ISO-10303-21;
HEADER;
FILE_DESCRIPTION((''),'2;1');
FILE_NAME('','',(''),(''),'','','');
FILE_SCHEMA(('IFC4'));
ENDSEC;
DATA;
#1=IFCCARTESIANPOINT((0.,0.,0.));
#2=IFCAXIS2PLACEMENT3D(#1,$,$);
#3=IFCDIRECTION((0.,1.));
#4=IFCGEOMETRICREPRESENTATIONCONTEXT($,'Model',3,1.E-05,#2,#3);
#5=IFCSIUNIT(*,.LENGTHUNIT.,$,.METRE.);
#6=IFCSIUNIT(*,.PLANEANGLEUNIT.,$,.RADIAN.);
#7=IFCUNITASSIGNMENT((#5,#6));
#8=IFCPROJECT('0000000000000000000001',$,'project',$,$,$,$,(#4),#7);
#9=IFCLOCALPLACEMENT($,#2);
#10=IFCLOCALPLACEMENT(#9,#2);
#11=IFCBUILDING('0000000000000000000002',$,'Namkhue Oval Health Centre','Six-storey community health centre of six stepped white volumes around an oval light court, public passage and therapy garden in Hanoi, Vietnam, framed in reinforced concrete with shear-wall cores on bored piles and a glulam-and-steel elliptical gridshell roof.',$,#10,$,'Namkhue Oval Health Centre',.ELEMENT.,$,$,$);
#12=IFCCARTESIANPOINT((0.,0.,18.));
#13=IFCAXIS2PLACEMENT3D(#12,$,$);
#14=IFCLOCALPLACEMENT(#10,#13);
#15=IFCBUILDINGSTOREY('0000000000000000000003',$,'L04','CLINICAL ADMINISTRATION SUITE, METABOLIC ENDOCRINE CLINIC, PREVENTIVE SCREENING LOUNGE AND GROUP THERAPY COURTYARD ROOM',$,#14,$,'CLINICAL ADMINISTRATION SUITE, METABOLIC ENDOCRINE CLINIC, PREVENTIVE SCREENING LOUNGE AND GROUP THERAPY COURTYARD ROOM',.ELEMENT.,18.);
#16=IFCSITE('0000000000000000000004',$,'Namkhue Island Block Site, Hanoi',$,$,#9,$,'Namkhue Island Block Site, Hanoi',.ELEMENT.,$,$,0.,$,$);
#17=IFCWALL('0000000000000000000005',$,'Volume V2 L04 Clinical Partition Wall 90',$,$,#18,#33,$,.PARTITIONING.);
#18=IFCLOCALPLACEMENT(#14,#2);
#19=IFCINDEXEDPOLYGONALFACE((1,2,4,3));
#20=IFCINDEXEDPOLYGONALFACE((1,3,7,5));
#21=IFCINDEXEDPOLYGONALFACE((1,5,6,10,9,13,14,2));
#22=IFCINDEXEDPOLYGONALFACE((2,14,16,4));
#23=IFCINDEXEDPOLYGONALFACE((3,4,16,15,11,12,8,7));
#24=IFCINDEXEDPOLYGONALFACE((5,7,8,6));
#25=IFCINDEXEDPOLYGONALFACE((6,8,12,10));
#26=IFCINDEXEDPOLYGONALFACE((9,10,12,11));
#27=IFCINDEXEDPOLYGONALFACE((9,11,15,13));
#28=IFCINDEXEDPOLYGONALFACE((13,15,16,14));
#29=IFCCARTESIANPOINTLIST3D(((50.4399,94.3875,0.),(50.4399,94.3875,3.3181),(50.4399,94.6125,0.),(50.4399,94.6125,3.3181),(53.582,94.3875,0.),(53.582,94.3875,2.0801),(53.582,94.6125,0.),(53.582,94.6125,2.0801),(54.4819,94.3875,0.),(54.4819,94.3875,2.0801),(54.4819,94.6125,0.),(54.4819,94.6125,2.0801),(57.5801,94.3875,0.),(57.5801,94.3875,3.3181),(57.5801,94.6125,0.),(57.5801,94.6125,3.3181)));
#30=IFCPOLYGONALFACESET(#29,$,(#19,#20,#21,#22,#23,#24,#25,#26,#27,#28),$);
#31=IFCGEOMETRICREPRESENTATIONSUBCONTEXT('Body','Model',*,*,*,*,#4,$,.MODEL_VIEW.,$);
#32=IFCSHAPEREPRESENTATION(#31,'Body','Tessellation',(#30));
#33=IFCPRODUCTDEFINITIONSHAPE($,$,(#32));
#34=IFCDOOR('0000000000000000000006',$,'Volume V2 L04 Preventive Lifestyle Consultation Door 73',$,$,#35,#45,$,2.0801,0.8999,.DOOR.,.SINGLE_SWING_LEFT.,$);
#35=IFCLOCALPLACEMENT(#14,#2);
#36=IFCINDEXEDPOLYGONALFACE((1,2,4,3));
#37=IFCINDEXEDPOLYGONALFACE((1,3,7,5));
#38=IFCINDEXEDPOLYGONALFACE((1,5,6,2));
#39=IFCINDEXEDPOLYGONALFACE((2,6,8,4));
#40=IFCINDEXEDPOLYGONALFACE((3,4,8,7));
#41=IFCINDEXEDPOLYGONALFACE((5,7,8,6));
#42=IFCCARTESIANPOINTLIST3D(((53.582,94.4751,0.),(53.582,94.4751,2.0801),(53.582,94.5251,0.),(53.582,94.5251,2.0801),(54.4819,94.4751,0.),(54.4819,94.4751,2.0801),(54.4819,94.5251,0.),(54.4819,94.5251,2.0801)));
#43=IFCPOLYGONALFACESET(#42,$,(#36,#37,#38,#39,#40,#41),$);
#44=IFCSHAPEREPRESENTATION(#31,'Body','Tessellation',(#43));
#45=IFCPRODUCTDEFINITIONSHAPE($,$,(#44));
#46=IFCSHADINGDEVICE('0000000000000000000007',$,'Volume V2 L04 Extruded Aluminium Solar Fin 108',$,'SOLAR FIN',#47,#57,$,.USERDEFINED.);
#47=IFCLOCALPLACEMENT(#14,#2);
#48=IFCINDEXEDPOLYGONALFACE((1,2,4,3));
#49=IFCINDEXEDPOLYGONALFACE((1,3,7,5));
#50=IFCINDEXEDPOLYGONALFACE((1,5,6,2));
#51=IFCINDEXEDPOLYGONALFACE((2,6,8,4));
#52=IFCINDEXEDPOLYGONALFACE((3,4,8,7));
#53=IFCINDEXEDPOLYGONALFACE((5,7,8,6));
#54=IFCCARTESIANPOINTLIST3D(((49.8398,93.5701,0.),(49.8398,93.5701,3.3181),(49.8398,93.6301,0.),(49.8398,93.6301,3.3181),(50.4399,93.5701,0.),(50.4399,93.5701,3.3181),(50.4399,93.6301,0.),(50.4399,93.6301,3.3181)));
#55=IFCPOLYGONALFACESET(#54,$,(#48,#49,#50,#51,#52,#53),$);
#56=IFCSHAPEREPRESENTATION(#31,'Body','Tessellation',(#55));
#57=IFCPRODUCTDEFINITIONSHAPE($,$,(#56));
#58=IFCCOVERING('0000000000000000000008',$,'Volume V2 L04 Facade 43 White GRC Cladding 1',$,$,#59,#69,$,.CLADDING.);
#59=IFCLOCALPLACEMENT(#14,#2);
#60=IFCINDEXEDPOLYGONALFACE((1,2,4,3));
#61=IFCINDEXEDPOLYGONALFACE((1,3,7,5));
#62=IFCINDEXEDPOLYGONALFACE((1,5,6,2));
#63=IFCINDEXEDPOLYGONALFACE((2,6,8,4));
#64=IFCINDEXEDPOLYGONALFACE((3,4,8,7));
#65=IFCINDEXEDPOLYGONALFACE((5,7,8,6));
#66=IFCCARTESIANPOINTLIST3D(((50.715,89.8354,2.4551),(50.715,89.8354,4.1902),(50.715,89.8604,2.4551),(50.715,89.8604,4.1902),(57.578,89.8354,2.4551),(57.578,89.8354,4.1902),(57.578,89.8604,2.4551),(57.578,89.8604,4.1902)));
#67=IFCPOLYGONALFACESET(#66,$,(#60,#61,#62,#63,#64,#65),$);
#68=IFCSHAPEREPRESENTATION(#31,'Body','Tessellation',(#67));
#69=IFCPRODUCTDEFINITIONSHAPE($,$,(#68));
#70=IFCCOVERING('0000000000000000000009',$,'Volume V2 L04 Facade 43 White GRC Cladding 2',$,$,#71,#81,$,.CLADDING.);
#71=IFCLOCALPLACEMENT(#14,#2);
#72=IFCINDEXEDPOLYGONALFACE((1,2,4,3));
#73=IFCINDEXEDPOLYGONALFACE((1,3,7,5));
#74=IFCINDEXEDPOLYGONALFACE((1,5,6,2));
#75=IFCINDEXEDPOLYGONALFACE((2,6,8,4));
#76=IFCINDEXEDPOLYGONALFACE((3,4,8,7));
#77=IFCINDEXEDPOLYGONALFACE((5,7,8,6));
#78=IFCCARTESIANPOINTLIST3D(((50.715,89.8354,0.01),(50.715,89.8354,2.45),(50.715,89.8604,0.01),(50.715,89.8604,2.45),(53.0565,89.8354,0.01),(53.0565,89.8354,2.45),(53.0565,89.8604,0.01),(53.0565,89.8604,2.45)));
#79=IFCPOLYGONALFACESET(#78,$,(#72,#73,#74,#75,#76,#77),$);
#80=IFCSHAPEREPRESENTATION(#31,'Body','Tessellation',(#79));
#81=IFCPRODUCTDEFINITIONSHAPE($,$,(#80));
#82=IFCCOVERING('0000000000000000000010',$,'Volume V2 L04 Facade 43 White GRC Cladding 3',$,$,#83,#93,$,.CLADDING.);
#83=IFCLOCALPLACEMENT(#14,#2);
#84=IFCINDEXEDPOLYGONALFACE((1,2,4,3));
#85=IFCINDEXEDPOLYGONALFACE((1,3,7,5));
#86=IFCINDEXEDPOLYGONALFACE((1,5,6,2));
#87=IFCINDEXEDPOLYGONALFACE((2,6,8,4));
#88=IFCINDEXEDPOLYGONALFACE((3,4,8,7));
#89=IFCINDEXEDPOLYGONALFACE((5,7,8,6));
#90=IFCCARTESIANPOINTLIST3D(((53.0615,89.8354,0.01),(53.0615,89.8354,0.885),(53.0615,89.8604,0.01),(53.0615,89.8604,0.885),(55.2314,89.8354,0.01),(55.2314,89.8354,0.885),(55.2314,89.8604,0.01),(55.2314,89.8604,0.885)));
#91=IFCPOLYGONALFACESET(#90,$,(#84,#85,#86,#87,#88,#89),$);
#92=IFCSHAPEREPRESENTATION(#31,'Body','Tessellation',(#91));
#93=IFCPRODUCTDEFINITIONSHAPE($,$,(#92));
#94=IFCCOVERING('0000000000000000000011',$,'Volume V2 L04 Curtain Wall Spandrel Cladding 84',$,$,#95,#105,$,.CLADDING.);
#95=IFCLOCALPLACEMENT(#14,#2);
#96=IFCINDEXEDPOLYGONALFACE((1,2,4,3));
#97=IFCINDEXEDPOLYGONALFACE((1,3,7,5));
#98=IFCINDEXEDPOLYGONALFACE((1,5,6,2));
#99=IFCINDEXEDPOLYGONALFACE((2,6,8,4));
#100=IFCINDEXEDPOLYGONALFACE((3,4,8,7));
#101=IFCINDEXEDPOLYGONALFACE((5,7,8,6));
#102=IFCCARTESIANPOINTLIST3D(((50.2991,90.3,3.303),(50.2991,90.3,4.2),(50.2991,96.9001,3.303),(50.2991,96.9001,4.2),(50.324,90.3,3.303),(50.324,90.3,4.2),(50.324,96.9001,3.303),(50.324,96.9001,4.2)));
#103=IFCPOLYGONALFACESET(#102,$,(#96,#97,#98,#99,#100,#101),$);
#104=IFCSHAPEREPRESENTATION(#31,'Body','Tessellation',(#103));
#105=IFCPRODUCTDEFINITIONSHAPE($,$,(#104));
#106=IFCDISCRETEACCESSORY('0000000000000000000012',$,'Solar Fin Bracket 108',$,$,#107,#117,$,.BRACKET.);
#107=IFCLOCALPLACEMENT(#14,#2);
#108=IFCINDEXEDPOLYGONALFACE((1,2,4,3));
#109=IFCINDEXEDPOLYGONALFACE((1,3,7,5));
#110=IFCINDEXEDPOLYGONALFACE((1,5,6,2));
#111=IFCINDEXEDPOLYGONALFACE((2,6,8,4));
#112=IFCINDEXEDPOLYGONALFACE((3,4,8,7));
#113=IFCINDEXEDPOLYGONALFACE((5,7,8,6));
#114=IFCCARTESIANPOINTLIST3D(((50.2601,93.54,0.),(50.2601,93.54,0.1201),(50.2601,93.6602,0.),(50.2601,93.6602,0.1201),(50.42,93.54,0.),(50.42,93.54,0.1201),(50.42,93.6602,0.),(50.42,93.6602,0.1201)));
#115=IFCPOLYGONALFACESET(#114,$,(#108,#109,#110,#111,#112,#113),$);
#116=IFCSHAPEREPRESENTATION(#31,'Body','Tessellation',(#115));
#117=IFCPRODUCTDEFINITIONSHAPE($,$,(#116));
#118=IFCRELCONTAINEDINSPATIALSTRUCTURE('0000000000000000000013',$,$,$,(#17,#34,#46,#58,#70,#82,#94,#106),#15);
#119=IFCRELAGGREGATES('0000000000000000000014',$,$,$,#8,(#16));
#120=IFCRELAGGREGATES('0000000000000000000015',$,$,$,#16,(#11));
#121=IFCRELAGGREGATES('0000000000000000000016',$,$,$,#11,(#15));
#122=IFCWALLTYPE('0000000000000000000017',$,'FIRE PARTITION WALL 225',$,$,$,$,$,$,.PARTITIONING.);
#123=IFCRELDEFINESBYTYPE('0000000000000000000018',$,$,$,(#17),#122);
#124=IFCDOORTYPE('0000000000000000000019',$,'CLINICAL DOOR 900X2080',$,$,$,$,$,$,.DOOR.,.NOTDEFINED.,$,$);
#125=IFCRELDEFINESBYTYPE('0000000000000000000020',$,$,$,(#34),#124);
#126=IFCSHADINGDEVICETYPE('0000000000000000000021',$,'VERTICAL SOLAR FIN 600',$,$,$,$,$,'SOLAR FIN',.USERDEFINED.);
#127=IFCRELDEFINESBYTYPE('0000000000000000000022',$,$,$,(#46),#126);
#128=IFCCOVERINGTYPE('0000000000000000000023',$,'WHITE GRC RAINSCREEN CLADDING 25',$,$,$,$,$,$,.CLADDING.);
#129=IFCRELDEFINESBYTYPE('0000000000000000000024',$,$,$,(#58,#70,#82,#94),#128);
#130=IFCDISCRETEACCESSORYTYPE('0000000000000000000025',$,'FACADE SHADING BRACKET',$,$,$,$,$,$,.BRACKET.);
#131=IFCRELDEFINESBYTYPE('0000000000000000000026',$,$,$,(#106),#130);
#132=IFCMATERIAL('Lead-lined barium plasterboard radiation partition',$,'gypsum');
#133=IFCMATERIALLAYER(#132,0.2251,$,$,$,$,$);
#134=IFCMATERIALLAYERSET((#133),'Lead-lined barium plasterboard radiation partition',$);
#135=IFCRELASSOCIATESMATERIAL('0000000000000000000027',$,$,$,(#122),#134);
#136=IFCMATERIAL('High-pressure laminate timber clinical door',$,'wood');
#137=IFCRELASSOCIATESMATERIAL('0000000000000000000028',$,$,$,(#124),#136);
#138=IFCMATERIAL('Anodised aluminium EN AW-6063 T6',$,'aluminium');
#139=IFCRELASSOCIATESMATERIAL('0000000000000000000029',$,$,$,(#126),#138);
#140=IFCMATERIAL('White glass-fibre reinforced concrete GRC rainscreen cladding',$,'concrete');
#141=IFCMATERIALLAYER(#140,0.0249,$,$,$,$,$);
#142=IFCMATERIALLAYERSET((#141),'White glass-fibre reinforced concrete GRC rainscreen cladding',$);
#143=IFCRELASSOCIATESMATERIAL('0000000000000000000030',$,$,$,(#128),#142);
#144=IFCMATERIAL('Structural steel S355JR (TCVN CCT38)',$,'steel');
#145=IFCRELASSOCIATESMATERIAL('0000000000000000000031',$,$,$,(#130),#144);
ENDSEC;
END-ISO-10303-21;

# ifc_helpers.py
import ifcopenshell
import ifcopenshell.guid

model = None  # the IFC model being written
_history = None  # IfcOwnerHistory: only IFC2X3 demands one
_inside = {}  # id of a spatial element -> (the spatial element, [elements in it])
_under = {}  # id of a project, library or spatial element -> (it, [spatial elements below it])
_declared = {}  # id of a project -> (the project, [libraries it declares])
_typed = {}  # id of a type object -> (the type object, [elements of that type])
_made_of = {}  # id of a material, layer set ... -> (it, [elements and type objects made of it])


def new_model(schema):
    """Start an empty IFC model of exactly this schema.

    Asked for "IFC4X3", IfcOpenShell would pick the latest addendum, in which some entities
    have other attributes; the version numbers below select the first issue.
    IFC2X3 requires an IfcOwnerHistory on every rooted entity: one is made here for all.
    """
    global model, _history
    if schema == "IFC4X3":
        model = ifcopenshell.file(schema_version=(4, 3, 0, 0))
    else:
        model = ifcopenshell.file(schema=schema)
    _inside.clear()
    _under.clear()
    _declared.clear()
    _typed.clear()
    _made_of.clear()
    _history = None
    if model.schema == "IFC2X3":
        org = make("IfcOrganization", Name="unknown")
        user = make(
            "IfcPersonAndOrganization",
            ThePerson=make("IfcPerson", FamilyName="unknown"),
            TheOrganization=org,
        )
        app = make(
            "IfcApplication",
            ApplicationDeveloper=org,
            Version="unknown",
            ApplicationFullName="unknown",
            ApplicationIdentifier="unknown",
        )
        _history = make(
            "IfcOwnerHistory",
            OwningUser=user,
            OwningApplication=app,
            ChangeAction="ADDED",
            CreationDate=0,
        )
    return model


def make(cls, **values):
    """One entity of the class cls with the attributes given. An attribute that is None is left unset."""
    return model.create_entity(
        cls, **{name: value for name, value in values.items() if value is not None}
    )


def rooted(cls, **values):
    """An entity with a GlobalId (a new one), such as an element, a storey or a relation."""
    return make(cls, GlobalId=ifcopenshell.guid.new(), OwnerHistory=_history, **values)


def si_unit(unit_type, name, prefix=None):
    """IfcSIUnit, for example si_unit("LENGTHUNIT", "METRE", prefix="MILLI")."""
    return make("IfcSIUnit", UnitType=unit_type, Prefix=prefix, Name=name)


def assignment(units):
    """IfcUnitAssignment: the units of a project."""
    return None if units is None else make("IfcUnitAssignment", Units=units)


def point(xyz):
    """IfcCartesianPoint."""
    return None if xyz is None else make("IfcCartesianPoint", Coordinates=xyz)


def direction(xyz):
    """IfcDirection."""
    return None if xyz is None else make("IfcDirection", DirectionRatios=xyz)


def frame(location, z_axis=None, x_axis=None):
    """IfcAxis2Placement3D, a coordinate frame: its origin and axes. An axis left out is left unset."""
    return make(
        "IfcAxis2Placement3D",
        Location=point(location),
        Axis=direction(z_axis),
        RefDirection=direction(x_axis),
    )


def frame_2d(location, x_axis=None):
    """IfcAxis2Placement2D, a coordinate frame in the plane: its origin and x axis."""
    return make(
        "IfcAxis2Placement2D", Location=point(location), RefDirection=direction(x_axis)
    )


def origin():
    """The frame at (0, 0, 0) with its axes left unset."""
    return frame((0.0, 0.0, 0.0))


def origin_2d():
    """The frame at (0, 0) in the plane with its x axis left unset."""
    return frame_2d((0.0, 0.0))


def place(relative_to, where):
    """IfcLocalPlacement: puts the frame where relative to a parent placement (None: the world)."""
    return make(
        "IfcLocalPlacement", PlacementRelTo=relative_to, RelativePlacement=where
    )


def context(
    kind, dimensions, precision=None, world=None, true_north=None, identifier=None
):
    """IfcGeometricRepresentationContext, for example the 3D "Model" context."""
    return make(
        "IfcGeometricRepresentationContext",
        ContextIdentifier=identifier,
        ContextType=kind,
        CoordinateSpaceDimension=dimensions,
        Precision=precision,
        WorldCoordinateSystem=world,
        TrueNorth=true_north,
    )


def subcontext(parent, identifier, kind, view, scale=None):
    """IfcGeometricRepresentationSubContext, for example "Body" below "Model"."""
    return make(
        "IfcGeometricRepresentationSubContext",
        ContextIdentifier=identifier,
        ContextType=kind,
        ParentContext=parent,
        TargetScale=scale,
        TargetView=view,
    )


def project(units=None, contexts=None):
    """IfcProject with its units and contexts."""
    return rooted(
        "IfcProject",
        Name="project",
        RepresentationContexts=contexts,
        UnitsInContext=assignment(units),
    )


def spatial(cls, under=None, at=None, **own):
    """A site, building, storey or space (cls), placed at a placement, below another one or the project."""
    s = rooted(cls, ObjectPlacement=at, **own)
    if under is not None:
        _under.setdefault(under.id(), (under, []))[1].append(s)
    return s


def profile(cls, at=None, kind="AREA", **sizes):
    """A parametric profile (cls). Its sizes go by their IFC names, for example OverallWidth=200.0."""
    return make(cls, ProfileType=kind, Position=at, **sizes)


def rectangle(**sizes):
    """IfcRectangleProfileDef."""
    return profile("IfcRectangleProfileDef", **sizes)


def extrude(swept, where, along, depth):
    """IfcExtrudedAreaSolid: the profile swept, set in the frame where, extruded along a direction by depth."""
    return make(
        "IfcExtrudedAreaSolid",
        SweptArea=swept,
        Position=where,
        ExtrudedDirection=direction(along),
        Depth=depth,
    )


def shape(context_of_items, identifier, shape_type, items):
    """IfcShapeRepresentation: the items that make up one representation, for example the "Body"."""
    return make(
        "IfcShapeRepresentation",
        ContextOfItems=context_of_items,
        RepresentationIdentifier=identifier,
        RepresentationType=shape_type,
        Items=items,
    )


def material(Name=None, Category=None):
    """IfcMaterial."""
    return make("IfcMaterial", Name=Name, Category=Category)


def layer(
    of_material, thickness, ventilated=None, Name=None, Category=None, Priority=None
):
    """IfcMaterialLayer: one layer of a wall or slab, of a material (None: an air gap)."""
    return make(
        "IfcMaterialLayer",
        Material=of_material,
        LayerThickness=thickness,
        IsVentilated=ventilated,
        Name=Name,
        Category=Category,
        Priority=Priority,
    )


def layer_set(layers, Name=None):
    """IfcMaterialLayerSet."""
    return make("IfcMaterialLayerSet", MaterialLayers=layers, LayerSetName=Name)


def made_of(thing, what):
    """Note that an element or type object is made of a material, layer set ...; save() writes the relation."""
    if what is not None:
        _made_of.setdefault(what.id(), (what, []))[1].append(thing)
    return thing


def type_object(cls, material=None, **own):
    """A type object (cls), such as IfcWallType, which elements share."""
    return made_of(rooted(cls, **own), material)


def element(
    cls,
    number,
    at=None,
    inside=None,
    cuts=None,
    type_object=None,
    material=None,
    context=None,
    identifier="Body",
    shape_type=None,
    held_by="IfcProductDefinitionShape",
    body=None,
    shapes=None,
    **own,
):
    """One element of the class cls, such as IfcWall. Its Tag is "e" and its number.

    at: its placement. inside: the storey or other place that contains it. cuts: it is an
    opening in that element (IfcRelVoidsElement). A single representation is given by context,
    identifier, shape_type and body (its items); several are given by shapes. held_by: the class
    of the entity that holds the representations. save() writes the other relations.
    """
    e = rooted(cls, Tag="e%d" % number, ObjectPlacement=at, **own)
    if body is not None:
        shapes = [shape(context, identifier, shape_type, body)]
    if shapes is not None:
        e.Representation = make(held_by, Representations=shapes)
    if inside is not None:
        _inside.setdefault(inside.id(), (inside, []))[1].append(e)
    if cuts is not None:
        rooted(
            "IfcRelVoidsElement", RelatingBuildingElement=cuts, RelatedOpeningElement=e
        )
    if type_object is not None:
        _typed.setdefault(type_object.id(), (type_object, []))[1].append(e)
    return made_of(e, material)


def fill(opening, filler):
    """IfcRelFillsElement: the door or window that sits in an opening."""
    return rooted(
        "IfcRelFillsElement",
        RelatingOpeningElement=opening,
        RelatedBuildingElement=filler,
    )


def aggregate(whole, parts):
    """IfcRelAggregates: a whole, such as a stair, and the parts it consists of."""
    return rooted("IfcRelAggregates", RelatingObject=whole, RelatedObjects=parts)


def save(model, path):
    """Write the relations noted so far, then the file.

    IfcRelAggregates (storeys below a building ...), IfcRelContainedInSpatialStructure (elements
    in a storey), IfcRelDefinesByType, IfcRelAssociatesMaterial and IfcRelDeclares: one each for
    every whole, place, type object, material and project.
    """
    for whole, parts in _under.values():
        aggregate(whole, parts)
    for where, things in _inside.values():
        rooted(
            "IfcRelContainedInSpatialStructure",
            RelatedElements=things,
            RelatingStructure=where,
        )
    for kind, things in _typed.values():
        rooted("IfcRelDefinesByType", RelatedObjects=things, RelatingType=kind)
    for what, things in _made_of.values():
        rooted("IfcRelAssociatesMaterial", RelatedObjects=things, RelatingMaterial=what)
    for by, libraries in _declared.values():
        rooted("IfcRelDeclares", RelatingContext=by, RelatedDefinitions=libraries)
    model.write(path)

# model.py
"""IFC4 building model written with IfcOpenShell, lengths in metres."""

from ifc_helpers import new_model, si_unit, direction, frame, frame_2d, origin, origin_2d, place, context, subcontext, project, spatial, rectangle, extrude, material, layer, layer_set, type_object, element, fill, save


model = new_model("IFC4")

# Units and contexts
model_context = context("Model", 3, precision=1e-05, world=origin(), true_north=direction((0.0, 1.0)))
body_context = subcontext(model_context, "Body", "Model", "MODEL_VIEW")
ifc_project = project(units=[si_unit("LENGTHUNIT", "METRE"), si_unit("PLANEANGLEUNIT", "RADIAN")], contexts=[model_context])

# Site, building, storey
site_placement = place(None, origin())
site = spatial("IfcSite", under=ifc_project, at=site_placement, Name="Namkhue Island Block Site, Hanoi", LongName="Namkhue Island Block Site, Hanoi", CompositionType="ELEMENT", RefElevation=0.0)
building_placement = place(site_placement, origin())
building = spatial("IfcBuilding", under=site, at=building_placement, Name="Namkhue Oval Health Centre", Description="Six-storey community health centre of six stepped white volumes around an oval light court, public passage and therapy garden in Hanoi, Vietnam, framed in reinforced concrete with shear-wall cores on bored piles and a glulam-and-steel elliptical gridshell roof.", LongName="Namkhue Oval Health Centre", CompositionType="ELEMENT")
storey_placement = place(building_placement, frame((0.0, 0.0, 18.0)))
storey = spatial("IfcBuildingStorey", under=building, at=storey_placement, Name="L04", Description="CLINICAL ADMINISTRATION SUITE, METABOLIC ENDOCRINE CLINIC, PREVENTIVE SCREENING LOUNGE AND GROUP THERAPY COURTYARD ROOM", LongName="CLINICAL ADMINISTRATION SUITE, METABOLIC ENDOCRINE CLINIC, PREVENTIVE SCREENING LOUNGE AND GROUP THERAPY COURTYARD ROOM", CompositionType="ELEMENT", Elevation=18.0)

# Shared definitions
ifc_material_1 = material(Name="Anodised aluminium EN AW-6063 T6", Category="aluminium")

# Wall, opening, door
ifc_material_2 = material(Name="Lead-lined barium plasterboard radiation partition", Category="gypsum")
ifc_layer_1 = layer(ifc_material_2, 0.2251)
ifc_layer_set_1 = layer_set([ifc_layer_1], Name="Lead-lined barium plasterboard radiation partition")
wall_type_1 = type_object("IfcWallType", Name="FIRE PARTITION WALL 225", PredefinedType="PARTITIONING", material=ifc_layer_set_1)
wall_1_placement = place(storey_placement, frame((50.4399, 94.5, 0.0), z_axis=(0.0, 0.0, 1.0), x_axis=(1.0, 0.0, 0.0)))
wall_1 = element("IfcWall", 1, at=wall_1_placement, inside=storey, type_object=wall_type_1, Name="Volume V2 L04 Clinical Partition Wall 90", PredefinedType="PARTITIONING", context=body_context, shape_type="SweptSolid", body=[
    extrude(rectangle(XDim=7.1401, YDim=0.2251, at=frame_2d((3.5701, 0.0))), origin(), (0.0, 0.0, 1.0), 3.3181),
])
opening_1_placement = place(wall_1_placement, frame((3.1421, 0.0, 0.0)))
opening_1 = element("IfcOpeningElement", 2, at=opening_1_placement, cuts=wall_1, PredefinedType="OPENING", context=body_context, shape_type="SweptSolid", body=[
    extrude(rectangle(XDim=0.8999, YDim=2.0801, at=frame_2d((0.45, 1.04))), frame((0.0, 0.1226, 0.0), z_axis=(0.0, -1.0, 0.0), x_axis=(1.0, 0.0, 0.0)), (0.0, 0.0, 1.0), 0.2451),
])
ifc_material_3 = material(Name="High-pressure laminate timber clinical door", Category="wood")
door_type = type_object("IfcDoorType", Name="CLINICAL DOOR 900X2080", OperationType="NOTDEFINED", PredefinedType="DOOR", material=ifc_material_3)
door_placement = place(opening_1_placement, frame((0.8999, 0.0, 0.0), z_axis=(0.0, 0.0, 1.0), x_axis=(-1.0, 0.0, 0.0)))
door = element("IfcDoor", 3, at=door_placement, inside=storey, type_object=door_type, Name="Volume V2 L04 Preventive Lifestyle Consultation Door 73", OperationType="SINGLE_SWING_LEFT", OverallHeight=2.0801, OverallWidth=0.8999, PredefinedType="DOOR", context=body_context, shape_type="SweptSolid", body=[
    extrude(rectangle(XDim=0.8999, YDim=2.0801, at=frame_2d((0.45, 1.04))), frame((0.0, 0.0249, 0.0), z_axis=(0.0, -1.0, 0.0), x_axis=(1.0, 0.0, 0.0)), (0.0, 0.0, 1.0), 0.05),
])
fill(opening_1, door)

# Shading device
shading_device_type = type_object("IfcShadingDeviceType", Name="VERTICAL SOLAR FIN 600", ElementType="SOLAR FIN", PredefinedType="USERDEFINED", material=ifc_material_1)
shading_device_placement = place(storey_placement, frame((50.1399, 93.6001, 0.0), z_axis=(0.0, 0.0, 1.0), x_axis=(-1.0, 0.0, 0.0)))
element("IfcShadingDevice", 4, at=shading_device_placement, inside=storey, type_object=shading_device_type, Name="Volume V2 L04 Extruded Aluminium Solar Fin 108", ObjectType="SOLAR FIN", PredefinedType="USERDEFINED", context=body_context, shape_type="SweptSolid", body=[
    extrude(rectangle(XDim=0.6001, YDim=0.0601, at=origin_2d()), origin(), (0.0, 0.0, 1.0), 3.3181),
])

# Coverings
ifc_material_4 = material(Name="White glass-fibre reinforced concrete GRC rainscreen cladding", Category="concrete")
ifc_layer_2 = layer(ifc_material_4, 0.0249)
ifc_layer_set_2 = layer_set([ifc_layer_2], Name="White glass-fibre reinforced concrete GRC rainscreen cladding")
covering_type = type_object("IfcCoveringType", Name="WHITE GRC RAINSCREEN CLADDING 25", PredefinedType="CLADDING", material=ifc_layer_set_2)
covering_1_placement = place(storey_placement, frame((54.1465, 89.8479, 2.4551), z_axis=(0.0, 0.0, 1.0), x_axis=(1.0, 0.0, 0.0)))
element("IfcCovering", 5, at=covering_1_placement, inside=storey, type_object=covering_type, Name="Volume V2 L04 Facade 43 White GRC Cladding 1", PredefinedType="CLADDING", context=body_context, shape_type="SweptSolid", body=[
    extrude(rectangle(XDim=6.863, YDim=0.0249, at=origin_2d()), origin(), (0.0, 0.0, 1.0), 1.7351),
])
covering_2_placement = place(storey_placement, frame((51.8857, 89.8479, 0.01), z_axis=(0.0, 0.0, 1.0), x_axis=(1.0, 0.0, 0.0)))
element("IfcCovering", 6, at=covering_2_placement, inside=storey, type_object=covering_type, Name="Volume V2 L04 Facade 43 White GRC Cladding 2", PredefinedType="CLADDING", context=body_context, shape_type="SweptSolid", body=[
    extrude(rectangle(XDim=2.3416, YDim=0.0249, at=origin_2d()), origin(), (0.0, 0.0, 1.0), 2.4399),
])
covering_3_placement = place(storey_placement, frame((54.1465, 89.8479, 0.01), z_axis=(0.0, 0.0, 1.0), x_axis=(1.0, 0.0, 0.0)))
element("IfcCovering", 7, at=covering_3_placement, inside=storey, type_object=covering_type, Name="Volume V2 L04 Facade 43 White GRC Cladding 3", PredefinedType="CLADDING", context=body_context, shape_type="SweptSolid", body=[
    extrude(rectangle(XDim=2.1699, YDim=0.0249, at=origin_2d()), origin(), (0.0, 0.0, 1.0), 0.875),
])
covering_4_placement = place(storey_placement, frame((50.3115, 93.6001, 3.303), z_axis=(0.0, 0.0, 1.0), x_axis=(0.0, -1.0, 0.0)))
element("IfcCovering", 8, at=covering_4_placement, inside=storey, type_object=covering_type, Name="Volume V2 L04 Curtain Wall Spandrel Cladding 84", PredefinedType="CLADDING", context=body_context, shape_type="SweptSolid", body=[
    extrude(rectangle(XDim=6.6001, YDim=0.0249, at=origin_2d()), origin(), (0.0, 0.0, 1.0), 0.897),
])

# Discrete accessory
ifc_material_5 = material(Name="Structural steel S355JR (TCVN CCT38)", Category="steel")
discrete_accessory_type = type_object("IfcDiscreteAccessoryType", Name="FACADE SHADING BRACKET", PredefinedType="BRACKET", material=ifc_material_5)
discrete_accessory_placement = place(storey_placement, frame((50.3401, 93.6001, 0.0), z_axis=(0.0, 0.0, 1.0), x_axis=(-1.0, 0.0, 0.0)))
element("IfcDiscreteAccessory", 9, at=discrete_accessory_placement, inside=storey, type_object=discrete_accessory_type, Name="Solar Fin Bracket 108", PredefinedType="BRACKET", context=body_context, shape_type="SweptSolid", body=[
    extrude(rectangle(XDim=0.1599, YDim=0.1201, at=origin_2d()), origin(), (0.0, 0.0, 1.0), 0.1201),
])

save(model, "model.ifc")
